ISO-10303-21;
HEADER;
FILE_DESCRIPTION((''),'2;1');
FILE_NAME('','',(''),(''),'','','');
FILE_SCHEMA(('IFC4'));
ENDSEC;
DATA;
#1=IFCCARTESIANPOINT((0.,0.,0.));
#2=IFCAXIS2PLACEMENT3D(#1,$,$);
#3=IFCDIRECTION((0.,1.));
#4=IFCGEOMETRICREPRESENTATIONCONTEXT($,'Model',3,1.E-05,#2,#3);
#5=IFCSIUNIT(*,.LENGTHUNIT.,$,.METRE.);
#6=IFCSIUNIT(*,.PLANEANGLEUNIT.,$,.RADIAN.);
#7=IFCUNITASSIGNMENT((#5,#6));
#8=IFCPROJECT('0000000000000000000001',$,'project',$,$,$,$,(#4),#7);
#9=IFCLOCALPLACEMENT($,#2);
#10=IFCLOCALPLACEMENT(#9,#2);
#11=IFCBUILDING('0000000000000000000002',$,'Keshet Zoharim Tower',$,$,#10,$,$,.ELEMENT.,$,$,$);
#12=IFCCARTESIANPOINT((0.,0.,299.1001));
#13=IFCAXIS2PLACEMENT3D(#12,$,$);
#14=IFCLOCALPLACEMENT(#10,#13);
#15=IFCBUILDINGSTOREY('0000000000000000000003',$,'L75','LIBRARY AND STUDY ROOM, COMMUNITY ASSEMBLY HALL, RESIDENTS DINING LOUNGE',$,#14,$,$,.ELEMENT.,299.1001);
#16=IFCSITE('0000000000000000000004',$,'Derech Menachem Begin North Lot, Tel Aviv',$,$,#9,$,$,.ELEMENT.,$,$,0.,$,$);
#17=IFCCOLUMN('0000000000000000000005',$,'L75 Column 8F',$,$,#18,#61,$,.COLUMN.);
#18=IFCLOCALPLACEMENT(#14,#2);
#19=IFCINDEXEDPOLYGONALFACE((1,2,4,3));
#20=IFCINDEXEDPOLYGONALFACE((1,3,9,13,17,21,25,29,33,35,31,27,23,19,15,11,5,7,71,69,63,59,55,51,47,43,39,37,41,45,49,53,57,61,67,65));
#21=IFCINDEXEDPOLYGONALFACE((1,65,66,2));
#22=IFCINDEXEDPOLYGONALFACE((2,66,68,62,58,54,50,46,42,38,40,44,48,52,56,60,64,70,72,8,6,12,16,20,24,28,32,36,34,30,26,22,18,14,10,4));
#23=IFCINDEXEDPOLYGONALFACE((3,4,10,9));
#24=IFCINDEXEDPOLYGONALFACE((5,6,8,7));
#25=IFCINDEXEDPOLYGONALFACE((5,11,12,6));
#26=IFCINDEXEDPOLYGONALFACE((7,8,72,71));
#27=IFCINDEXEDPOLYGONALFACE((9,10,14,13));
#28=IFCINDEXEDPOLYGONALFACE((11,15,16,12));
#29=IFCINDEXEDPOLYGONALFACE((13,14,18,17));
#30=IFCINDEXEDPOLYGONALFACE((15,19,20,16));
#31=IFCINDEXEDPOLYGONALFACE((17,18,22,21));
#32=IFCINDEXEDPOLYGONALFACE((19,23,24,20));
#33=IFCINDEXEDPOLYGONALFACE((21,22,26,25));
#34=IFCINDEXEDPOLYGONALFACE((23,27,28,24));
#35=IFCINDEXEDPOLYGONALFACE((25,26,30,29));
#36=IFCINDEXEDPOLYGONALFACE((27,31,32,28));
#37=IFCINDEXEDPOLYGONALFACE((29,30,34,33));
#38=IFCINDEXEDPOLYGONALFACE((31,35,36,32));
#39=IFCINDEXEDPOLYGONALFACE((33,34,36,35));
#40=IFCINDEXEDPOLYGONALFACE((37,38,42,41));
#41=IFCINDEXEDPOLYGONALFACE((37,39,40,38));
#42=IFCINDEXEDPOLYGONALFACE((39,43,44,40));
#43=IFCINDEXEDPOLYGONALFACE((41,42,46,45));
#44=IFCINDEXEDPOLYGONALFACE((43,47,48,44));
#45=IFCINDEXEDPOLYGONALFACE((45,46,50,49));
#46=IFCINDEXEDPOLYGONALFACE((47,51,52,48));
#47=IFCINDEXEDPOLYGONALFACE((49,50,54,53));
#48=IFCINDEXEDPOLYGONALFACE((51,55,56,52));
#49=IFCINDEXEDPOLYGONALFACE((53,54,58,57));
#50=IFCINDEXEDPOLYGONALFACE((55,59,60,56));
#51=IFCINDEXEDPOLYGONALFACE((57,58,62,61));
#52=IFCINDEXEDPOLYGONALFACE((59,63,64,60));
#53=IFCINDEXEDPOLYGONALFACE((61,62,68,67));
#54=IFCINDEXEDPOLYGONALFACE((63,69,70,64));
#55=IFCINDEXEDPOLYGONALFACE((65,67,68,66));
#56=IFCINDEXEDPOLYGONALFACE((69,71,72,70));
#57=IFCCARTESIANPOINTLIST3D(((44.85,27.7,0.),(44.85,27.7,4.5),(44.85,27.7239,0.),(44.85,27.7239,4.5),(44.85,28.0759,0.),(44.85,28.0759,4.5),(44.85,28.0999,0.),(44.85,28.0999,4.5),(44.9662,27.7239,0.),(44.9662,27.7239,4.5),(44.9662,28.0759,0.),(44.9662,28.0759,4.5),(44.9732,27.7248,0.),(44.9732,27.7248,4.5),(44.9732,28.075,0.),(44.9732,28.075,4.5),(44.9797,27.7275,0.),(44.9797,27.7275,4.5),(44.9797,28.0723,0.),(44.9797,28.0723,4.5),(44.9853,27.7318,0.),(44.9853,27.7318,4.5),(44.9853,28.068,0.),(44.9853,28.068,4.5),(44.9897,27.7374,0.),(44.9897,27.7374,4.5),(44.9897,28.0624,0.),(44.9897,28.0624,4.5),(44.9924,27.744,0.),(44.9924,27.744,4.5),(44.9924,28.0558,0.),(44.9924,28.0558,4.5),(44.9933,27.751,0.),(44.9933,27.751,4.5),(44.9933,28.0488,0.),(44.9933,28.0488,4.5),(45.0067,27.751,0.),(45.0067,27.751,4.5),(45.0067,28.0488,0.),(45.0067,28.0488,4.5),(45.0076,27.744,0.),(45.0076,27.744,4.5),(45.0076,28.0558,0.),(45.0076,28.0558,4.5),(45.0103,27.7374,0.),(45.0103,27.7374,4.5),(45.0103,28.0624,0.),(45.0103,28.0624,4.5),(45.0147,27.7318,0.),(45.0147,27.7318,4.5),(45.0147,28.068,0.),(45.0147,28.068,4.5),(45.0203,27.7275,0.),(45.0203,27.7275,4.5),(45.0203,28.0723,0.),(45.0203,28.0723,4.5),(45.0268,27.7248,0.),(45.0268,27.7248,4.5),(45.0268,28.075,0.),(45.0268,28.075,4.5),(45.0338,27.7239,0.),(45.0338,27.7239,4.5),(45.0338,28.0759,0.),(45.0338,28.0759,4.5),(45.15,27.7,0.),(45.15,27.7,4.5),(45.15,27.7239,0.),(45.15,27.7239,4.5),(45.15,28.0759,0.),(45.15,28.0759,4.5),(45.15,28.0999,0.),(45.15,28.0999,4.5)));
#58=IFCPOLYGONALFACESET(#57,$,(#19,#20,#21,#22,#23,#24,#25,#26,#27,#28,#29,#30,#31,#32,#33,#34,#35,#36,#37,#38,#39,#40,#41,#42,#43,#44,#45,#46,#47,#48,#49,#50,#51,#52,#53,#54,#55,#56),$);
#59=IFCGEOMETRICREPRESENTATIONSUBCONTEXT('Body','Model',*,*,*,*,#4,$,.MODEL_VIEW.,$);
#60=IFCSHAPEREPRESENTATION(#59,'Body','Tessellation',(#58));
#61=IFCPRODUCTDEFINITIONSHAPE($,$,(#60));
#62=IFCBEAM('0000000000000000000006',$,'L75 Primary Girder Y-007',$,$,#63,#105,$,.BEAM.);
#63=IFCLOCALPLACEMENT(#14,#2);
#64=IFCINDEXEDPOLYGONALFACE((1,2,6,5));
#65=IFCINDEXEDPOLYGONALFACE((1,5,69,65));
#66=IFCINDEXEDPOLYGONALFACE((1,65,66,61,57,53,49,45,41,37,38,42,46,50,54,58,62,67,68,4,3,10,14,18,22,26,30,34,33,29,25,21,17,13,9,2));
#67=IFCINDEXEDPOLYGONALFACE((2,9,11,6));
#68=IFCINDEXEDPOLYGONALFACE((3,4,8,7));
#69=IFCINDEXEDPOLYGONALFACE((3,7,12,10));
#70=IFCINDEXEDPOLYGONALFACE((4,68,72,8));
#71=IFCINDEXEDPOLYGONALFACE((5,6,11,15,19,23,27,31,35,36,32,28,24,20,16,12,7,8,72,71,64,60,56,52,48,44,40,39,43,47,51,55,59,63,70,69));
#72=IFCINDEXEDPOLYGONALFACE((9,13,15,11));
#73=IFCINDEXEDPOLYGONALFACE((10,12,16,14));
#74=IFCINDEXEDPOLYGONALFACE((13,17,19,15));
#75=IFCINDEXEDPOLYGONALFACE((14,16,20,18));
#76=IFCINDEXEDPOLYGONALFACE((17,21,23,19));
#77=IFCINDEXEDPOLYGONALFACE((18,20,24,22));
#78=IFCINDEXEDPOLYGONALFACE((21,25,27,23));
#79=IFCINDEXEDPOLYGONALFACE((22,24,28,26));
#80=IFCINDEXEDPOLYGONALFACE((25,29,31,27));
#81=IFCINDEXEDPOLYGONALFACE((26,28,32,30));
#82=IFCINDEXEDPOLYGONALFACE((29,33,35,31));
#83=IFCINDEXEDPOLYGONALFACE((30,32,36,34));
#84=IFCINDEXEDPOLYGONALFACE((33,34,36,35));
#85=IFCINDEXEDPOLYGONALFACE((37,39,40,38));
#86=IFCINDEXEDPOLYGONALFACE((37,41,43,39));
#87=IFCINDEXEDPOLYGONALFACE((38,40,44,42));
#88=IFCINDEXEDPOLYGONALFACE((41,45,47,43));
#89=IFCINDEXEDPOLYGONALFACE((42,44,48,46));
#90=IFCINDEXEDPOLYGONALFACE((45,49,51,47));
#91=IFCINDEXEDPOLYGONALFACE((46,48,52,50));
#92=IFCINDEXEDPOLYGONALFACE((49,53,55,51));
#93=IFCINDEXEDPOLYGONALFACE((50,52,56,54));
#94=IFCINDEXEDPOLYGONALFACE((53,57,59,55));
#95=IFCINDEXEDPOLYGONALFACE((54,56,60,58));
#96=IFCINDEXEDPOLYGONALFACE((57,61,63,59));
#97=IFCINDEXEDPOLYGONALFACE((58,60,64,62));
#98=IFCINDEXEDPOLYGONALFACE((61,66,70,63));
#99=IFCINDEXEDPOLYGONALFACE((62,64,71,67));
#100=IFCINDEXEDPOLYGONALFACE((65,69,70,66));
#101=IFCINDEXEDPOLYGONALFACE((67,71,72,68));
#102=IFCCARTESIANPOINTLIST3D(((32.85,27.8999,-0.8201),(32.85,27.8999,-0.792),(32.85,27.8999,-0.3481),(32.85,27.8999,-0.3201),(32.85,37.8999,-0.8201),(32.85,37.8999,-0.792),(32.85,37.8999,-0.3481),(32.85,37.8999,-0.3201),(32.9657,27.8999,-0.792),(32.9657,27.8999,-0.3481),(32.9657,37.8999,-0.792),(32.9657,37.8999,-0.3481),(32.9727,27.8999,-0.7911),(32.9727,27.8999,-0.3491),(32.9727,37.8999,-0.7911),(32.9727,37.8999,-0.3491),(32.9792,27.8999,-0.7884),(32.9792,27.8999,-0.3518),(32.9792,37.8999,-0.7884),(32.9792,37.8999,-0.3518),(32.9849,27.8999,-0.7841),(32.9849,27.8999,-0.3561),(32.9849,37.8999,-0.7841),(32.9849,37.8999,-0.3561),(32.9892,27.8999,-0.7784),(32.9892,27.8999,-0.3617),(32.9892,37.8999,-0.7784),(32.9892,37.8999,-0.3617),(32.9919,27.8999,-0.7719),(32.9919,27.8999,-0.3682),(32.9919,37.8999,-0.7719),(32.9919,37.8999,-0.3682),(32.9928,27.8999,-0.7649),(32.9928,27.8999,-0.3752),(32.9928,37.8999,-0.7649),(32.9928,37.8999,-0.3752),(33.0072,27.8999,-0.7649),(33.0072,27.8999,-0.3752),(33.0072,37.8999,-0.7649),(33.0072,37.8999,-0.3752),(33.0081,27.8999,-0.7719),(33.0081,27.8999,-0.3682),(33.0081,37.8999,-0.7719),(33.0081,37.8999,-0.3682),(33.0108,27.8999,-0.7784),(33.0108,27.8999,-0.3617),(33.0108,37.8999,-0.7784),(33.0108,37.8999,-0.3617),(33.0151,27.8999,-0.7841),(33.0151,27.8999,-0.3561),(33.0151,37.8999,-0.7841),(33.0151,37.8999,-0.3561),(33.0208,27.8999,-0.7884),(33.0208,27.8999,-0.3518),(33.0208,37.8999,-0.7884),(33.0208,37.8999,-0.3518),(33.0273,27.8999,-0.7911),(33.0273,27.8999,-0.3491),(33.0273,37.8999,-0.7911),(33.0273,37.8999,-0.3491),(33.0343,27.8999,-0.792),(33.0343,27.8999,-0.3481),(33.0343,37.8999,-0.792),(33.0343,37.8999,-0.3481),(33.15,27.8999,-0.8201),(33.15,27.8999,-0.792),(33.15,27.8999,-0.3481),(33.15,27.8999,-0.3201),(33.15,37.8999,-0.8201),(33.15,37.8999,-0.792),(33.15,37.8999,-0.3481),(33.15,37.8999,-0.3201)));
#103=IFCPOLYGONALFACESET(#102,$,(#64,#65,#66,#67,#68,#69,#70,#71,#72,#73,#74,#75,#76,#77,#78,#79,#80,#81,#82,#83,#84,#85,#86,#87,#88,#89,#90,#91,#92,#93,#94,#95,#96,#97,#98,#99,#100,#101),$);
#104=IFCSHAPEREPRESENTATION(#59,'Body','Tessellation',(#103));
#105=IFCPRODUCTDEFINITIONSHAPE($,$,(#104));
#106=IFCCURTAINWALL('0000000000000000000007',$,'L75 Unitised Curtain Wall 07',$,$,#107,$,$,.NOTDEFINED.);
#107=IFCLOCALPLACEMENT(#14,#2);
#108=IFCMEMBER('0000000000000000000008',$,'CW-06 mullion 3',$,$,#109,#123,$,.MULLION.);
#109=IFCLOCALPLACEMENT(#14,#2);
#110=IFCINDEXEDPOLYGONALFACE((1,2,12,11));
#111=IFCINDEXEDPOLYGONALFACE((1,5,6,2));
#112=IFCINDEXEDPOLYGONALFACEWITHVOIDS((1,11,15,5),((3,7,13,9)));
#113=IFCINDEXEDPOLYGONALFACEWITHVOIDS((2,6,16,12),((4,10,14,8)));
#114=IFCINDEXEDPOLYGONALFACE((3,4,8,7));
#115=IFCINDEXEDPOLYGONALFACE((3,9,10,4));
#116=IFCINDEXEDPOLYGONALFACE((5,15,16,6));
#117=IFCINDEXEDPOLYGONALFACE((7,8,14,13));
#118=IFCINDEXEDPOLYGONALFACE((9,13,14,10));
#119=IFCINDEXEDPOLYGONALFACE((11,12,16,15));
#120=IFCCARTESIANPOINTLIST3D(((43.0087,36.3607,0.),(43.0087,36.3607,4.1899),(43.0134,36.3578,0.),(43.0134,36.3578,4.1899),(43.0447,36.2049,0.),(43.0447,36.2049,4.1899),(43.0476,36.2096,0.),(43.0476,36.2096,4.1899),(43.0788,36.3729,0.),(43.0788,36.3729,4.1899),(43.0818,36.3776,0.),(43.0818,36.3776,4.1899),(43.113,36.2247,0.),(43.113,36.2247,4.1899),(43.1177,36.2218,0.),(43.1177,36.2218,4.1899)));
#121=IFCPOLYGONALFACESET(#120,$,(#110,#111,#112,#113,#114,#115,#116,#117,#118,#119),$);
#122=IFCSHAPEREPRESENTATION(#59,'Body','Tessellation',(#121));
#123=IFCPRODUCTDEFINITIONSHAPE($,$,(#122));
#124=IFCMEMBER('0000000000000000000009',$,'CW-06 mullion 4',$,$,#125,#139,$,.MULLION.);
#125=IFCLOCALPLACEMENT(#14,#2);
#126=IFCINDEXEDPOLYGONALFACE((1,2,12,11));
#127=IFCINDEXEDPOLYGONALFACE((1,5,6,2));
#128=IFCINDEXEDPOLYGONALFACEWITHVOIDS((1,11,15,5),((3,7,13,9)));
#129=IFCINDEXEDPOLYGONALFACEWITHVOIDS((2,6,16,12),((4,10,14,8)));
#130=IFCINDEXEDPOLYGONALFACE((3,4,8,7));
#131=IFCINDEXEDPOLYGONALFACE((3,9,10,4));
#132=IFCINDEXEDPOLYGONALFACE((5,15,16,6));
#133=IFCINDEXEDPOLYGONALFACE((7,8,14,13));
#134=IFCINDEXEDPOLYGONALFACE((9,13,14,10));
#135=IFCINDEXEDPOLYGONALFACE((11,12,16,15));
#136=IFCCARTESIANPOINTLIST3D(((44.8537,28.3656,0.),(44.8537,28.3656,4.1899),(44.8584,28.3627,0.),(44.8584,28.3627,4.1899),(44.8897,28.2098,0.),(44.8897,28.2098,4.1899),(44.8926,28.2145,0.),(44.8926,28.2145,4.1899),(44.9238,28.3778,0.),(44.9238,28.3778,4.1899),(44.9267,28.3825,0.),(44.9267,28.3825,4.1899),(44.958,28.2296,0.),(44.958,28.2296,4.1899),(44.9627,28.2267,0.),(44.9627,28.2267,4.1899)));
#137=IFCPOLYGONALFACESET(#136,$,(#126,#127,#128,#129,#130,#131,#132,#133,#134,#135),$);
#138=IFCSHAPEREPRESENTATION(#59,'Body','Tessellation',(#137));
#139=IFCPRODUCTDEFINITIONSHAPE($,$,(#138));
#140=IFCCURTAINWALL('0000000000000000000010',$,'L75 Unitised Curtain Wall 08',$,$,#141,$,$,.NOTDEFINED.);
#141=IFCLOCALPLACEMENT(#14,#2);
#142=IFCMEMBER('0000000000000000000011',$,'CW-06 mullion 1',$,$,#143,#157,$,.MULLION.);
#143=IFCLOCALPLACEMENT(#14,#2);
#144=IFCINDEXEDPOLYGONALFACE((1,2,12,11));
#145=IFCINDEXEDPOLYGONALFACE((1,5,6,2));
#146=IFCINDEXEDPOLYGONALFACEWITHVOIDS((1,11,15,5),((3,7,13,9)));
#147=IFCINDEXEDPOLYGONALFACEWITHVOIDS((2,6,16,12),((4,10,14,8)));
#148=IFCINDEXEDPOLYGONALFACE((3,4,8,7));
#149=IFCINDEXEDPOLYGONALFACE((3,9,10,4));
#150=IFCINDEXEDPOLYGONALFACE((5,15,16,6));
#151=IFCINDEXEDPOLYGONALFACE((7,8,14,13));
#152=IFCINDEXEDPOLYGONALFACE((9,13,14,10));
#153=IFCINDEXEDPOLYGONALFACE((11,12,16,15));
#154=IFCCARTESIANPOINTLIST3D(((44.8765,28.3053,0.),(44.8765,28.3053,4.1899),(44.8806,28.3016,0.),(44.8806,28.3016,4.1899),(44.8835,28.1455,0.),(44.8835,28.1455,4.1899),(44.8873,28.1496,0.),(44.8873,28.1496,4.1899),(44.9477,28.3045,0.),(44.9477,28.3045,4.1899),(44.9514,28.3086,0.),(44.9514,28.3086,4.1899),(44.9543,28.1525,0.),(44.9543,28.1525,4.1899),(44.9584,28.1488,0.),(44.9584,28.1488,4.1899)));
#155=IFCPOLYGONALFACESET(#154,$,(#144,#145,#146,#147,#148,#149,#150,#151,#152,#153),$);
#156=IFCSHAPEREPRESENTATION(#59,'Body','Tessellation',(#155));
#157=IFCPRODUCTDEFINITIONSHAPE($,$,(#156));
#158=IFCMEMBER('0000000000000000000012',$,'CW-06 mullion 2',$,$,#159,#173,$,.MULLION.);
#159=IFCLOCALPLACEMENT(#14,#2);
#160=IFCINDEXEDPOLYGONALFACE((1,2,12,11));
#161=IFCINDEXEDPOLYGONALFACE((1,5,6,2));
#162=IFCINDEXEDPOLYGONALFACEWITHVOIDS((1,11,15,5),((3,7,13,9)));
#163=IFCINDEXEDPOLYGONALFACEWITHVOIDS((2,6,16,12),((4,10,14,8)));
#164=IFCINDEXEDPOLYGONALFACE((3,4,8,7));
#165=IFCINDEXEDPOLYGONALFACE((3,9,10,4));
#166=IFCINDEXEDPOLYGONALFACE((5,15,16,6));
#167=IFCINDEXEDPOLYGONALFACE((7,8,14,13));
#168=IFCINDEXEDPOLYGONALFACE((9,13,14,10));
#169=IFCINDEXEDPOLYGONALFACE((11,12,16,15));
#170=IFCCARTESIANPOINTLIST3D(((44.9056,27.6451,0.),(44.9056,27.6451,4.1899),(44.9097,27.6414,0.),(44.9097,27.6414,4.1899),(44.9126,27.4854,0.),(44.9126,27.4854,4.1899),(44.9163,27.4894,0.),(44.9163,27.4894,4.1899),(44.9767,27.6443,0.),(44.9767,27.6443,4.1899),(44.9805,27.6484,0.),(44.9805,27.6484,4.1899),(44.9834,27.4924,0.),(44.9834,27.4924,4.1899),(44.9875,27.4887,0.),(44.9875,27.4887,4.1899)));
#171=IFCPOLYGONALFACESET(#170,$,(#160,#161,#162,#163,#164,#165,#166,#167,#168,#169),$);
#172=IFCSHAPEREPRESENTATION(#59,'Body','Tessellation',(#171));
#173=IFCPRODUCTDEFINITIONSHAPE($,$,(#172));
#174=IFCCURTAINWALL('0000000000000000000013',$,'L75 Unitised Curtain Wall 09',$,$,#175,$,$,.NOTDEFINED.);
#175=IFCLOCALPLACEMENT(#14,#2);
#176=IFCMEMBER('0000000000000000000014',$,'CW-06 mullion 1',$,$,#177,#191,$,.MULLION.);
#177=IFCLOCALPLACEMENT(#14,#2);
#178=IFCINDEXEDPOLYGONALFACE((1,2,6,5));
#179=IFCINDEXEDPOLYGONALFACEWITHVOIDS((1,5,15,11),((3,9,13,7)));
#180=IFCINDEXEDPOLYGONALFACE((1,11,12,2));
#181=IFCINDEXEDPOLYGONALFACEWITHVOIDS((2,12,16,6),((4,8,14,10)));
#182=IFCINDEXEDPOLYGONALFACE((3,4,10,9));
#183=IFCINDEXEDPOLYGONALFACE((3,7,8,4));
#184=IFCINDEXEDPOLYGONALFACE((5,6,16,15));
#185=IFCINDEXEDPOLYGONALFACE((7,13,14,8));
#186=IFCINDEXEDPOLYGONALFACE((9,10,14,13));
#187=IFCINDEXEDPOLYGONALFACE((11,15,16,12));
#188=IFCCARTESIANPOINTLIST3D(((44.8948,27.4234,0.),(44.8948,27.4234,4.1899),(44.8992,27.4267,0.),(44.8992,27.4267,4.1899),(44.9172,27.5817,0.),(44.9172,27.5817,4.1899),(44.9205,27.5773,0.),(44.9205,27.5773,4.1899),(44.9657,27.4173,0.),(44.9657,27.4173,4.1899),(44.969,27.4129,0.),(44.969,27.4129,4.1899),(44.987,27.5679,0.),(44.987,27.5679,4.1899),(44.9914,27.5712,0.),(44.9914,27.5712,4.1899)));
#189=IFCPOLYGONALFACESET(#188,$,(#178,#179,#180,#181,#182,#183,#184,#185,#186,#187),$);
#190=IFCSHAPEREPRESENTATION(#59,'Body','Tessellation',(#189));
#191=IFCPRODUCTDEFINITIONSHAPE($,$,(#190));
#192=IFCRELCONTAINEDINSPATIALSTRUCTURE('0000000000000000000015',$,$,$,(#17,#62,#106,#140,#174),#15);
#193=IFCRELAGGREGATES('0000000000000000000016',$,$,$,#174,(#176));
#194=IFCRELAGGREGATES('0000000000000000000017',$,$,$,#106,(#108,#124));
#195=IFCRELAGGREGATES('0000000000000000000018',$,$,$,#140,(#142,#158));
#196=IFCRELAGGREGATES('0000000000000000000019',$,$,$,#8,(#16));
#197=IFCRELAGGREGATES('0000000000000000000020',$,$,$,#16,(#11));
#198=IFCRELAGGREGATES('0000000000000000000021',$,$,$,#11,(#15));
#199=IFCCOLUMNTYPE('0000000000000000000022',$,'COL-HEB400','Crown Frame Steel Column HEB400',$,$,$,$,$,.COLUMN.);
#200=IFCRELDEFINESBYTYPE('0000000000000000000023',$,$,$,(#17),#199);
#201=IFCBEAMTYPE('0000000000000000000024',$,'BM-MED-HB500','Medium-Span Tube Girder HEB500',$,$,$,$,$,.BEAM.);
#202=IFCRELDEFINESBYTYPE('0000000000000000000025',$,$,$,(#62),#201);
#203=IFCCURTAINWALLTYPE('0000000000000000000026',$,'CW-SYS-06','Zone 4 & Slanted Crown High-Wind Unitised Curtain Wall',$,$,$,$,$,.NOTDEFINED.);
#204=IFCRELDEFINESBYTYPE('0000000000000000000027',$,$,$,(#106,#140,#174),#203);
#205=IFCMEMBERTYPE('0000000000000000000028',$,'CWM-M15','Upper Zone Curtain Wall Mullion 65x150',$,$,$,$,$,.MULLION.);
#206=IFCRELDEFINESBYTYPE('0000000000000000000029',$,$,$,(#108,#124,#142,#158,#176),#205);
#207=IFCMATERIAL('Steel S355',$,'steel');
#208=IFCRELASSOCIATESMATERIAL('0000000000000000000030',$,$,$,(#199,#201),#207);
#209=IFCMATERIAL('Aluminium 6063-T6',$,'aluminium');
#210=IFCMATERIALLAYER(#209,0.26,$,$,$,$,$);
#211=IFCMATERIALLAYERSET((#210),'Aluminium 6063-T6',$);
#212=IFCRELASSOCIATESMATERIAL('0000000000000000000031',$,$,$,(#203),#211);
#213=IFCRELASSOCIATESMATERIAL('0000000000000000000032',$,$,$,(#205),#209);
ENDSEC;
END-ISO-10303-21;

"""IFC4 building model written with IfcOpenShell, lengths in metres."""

from ifc_helpers import new_model, si_unit, direction, frame, origin, origin_2d, place, context, subcontext, project, spatial, hollow_rectangle, i_section, extrude, material, layer, layer_set, material_profile, profile_set, type_object, element, aggregate, save


model = new_model("IFC4")

# Units and contexts
model_context = context("Model", 3, precision=1e-05, world=origin(), true_north=direction((0.0, 1.0)))
body_context = subcontext(model_context, "Body", "Model", "MODEL_VIEW")
ifc_project = project(units=[si_unit("LENGTHUNIT", "METRE"), si_unit("PLANEANGLEUNIT", "RADIAN")], contexts=[model_context])

# Site, building, storey
site_placement = place(None, origin())
site = spatial("IfcSite", under=ifc_project, at=site_placement, Name="Derech Menachem Begin North Lot, Tel Aviv", CompositionType="ELEMENT", RefElevation=0.0)
building_placement = place(site_placement, origin())
building = spatial("IfcBuilding", under=site, at=building_placement, Name="Keshet Zoharim Tower", CompositionType="ELEMENT")
storey_placement = place(building_placement, frame((0.0, 0.0, 299.1001)))
storey = spatial("IfcBuildingStorey", under=building, at=storey_placement, Name="L75", Description="LIBRARY AND STUDY ROOM, COMMUNITY ASSEMBLY HALL, RESIDENTS DINING LOUNGE", CompositionType="ELEMENT", Elevation=299.1001)

# Column
ifc_material_1 = material(Name="Steel S355", Category="steel")
ifc_material_profile_1 = material_profile(ifc_material_1, i_section(OverallWidth=0.3, OverallDepth=0.3999, WebThickness=0.0134, FlangeThickness=0.0239, FilletRadius=0.0271, at=origin_2d()), Name="HEB400")
ifc_profile_set_1 = profile_set([ifc_material_profile_1], Name="Steel S355")
column_type = type_object("IfcColumnType", Name="COL-HEB400", Description="Crown Frame Steel Column HEB400", PredefinedType="COLUMN", material=ifc_profile_set_1)
column_placement = place(storey_placement, frame((45.0, 27.8999, 0.0), z_axis=(0.0, 0.0, 1.0), x_axis=(1.0, 0.0, 0.0)))
element("IfcColumn", 1, at=column_placement, inside=storey, type_object=column_type, Name="L75 Column 8F", PredefinedType="COLUMN", context=body_context, shape_type="SweptSolid", body=[
    extrude(i_section(OverallWidth=0.3, OverallDepth=0.3999, WebThickness=0.0134, FlangeThickness=0.0239, FilletRadius=0.0271, at=origin_2d()), origin(), (0.0, 0.0, 1.0), 4.5),
])

# Beam
ifc_material_profile_2 = material_profile(ifc_material_1, i_section(OverallWidth=0.3, OverallDepth=0.5, WebThickness=0.0144, FlangeThickness=0.0281, FilletRadius=0.0271, at=origin_2d()), Name="HEB500")
ifc_profile_set_2 = profile_set([ifc_material_profile_2], Name="Steel S355")
beam_type = type_object("IfcBeamType", Name="BM-MED-HB500", Description="Medium-Span Tube Girder HEB500", PredefinedType="BEAM", material=ifc_profile_set_2)
beam_placement = place(storey_placement, frame((33.0, 27.8999, -0.5701), z_axis=(0.0, 1.0, 0.0), x_axis=(-1.0, 0.0, 0.0)))
element("IfcBeam", 2, at=beam_placement, inside=storey, type_object=beam_type, Name="L75 Primary Girder Y-007", PredefinedType="BEAM", context=body_context, shape_type="SweptSolid", body=[
    extrude(i_section(OverallWidth=0.3, OverallDepth=0.5, WebThickness=0.0144, FlangeThickness=0.0281, FilletRadius=0.0271, at=origin_2d()), origin(), (0.0, 0.0, 1.0), 10.0),
])

# Curtain walls, members
ifc_material_2 = material(Name="Aluminium 6063-T6", Category="aluminium")
ifc_layer_1 = layer(ifc_material_2, 0.26)
ifc_layer_set_1 = layer_set([ifc_layer_1], Name="Aluminium 6063-T6")
curtain_wall_type = type_object("IfcCurtainWallType", Name="CW-SYS-06", Description="Zone 4 & Slanted Crown High-Wind Unitised Curtain Wall", PredefinedType="NOTDEFINED", material=ifc_layer_set_1)
curtain_wall_1_placement = place(storey_placement, origin())
curtain_wall_1 = element("IfcCurtainWall", 3, at=curtain_wall_1_placement, inside=storey, type_object=curtain_wall_type, Name="L75 Unitised Curtain Wall 07", PredefinedType="NOTDEFINED")
ifc_material_profile_3 = material_profile(ifc_material_2, hollow_rectangle(XDim=0.075, YDim=0.1599, WallThickness=0.0039, at=origin_2d()), Name="MUL-75x160")
ifc_profile_set_3 = profile_set([ifc_material_profile_3], Name="Aluminium 6063-T6")
member_type_1 = type_object("IfcMemberType", Name="CWM-M15", Description="Upper Zone Curtain Wall Mullion 65x150", PredefinedType="MULLION", material=ifc_profile_set_3)
member_1_placement = place(storey_placement, frame((43.0632, 36.2913, 0.0), z_axis=(0.0, 0.0, 1.0), x_axis=(0.974398, 0.22483, 0.0)))
member_1 = element("IfcMember", 4, at=member_1_placement, type_object=member_type_1, Name="CW-06 mullion 3", PredefinedType="MULLION", context=body_context, shape_type="SweptSolid", body=[
    extrude(hollow_rectangle(XDim=0.075, YDim=0.1599, WallThickness=0.0039, at=origin_2d()), origin(), (0.0, 0.0, 1.0), 4.1899),
])
member_2_placement = place(storey_placement, frame((44.9082, 28.2961, 0.0), z_axis=(0.0, 0.0, 1.0), x_axis=(0.974398, 0.22483, 0.0)))
member_2 = element("IfcMember", 5, at=member_2_placement, type_object=member_type_1, Name="CW-06 mullion 4", PredefinedType="MULLION", context=body_context, shape_type="SweptSolid", body=[
    extrude(hollow_rectangle(XDim=0.075, YDim=0.1599, WallThickness=0.0039, at=origin_2d()), origin(), (0.0, 0.0, 1.0), 4.1899),
])
curtain_wall_2_placement = place(storey_placement, origin())
curtain_wall_2 = element("IfcCurtainWall", 6, at=curtain_wall_2_placement, inside=storey, type_object=curtain_wall_type, Name="L75 Unitised Curtain Wall 08", PredefinedType="NOTDEFINED")
member_3_placement = place(storey_placement, frame((44.9175, 28.2271, 0.0), z_axis=(0.0, 0.0, 1.0), x_axis=(0.999041, 0.043794, 0.0)))
member_3 = element("IfcMember", 7, at=member_3_placement, type_object=member_type_1, Name="CW-06 mullion 1", PredefinedType="MULLION", context=body_context, shape_type="SweptSolid", body=[
    extrude(hollow_rectangle(XDim=0.075, YDim=0.1599, WallThickness=0.0039, at=origin_2d()), origin(), (0.0, 0.0, 1.0), 4.1899),
])
member_4_placement = place(storey_placement, frame((44.9465, 27.5669, 0.0), z_axis=(0.0, 0.0, 1.0), x_axis=(0.999041, 0.043794, 0.0)))
member_4 = element("IfcMember", 8, at=member_4_placement, type_object=member_type_1, Name="CW-06 mullion 2", PredefinedType="MULLION", context=body_context, shape_type="SweptSolid", body=[
    extrude(hollow_rectangle(XDim=0.075, YDim=0.1599, WallThickness=0.0039, at=origin_2d()), origin(), (0.0, 0.0, 1.0), 4.1899),
])

# Curtain wall, member
curtain_wall_3_placement = place(storey_placement, origin())
curtain_wall_3 = element("IfcCurtainWall", 9, at=curtain_wall_3_placement, inside=storey, type_object=curtain_wall_type, Name="L75 Unitised Curtain Wall 09", PredefinedType="NOTDEFINED")
member_5_placement = place(storey_placement, frame((44.9431, 27.4973, 0.0), z_axis=(0.0, 0.0, 1.0), x_axis=(0.990132, -0.140137, 0.0)))
member_5 = element("IfcMember", 10, at=member_5_placement, type_object=member_type_1, Name="CW-06 mullion 1", PredefinedType="MULLION", context=body_context, shape_type="SweptSolid", body=[
    extrude(hollow_rectangle(XDim=0.075, YDim=0.1599, WallThickness=0.0039, at=origin_2d()), origin(), (0.0, 0.0, 1.0), 4.1899),
])

aggregate(curtain_wall_3, [member_5])

aggregate(curtain_wall_1, [member_1, member_2])
aggregate(curtain_wall_2, [member_3, member_4])

save(model, "model.ifc")
